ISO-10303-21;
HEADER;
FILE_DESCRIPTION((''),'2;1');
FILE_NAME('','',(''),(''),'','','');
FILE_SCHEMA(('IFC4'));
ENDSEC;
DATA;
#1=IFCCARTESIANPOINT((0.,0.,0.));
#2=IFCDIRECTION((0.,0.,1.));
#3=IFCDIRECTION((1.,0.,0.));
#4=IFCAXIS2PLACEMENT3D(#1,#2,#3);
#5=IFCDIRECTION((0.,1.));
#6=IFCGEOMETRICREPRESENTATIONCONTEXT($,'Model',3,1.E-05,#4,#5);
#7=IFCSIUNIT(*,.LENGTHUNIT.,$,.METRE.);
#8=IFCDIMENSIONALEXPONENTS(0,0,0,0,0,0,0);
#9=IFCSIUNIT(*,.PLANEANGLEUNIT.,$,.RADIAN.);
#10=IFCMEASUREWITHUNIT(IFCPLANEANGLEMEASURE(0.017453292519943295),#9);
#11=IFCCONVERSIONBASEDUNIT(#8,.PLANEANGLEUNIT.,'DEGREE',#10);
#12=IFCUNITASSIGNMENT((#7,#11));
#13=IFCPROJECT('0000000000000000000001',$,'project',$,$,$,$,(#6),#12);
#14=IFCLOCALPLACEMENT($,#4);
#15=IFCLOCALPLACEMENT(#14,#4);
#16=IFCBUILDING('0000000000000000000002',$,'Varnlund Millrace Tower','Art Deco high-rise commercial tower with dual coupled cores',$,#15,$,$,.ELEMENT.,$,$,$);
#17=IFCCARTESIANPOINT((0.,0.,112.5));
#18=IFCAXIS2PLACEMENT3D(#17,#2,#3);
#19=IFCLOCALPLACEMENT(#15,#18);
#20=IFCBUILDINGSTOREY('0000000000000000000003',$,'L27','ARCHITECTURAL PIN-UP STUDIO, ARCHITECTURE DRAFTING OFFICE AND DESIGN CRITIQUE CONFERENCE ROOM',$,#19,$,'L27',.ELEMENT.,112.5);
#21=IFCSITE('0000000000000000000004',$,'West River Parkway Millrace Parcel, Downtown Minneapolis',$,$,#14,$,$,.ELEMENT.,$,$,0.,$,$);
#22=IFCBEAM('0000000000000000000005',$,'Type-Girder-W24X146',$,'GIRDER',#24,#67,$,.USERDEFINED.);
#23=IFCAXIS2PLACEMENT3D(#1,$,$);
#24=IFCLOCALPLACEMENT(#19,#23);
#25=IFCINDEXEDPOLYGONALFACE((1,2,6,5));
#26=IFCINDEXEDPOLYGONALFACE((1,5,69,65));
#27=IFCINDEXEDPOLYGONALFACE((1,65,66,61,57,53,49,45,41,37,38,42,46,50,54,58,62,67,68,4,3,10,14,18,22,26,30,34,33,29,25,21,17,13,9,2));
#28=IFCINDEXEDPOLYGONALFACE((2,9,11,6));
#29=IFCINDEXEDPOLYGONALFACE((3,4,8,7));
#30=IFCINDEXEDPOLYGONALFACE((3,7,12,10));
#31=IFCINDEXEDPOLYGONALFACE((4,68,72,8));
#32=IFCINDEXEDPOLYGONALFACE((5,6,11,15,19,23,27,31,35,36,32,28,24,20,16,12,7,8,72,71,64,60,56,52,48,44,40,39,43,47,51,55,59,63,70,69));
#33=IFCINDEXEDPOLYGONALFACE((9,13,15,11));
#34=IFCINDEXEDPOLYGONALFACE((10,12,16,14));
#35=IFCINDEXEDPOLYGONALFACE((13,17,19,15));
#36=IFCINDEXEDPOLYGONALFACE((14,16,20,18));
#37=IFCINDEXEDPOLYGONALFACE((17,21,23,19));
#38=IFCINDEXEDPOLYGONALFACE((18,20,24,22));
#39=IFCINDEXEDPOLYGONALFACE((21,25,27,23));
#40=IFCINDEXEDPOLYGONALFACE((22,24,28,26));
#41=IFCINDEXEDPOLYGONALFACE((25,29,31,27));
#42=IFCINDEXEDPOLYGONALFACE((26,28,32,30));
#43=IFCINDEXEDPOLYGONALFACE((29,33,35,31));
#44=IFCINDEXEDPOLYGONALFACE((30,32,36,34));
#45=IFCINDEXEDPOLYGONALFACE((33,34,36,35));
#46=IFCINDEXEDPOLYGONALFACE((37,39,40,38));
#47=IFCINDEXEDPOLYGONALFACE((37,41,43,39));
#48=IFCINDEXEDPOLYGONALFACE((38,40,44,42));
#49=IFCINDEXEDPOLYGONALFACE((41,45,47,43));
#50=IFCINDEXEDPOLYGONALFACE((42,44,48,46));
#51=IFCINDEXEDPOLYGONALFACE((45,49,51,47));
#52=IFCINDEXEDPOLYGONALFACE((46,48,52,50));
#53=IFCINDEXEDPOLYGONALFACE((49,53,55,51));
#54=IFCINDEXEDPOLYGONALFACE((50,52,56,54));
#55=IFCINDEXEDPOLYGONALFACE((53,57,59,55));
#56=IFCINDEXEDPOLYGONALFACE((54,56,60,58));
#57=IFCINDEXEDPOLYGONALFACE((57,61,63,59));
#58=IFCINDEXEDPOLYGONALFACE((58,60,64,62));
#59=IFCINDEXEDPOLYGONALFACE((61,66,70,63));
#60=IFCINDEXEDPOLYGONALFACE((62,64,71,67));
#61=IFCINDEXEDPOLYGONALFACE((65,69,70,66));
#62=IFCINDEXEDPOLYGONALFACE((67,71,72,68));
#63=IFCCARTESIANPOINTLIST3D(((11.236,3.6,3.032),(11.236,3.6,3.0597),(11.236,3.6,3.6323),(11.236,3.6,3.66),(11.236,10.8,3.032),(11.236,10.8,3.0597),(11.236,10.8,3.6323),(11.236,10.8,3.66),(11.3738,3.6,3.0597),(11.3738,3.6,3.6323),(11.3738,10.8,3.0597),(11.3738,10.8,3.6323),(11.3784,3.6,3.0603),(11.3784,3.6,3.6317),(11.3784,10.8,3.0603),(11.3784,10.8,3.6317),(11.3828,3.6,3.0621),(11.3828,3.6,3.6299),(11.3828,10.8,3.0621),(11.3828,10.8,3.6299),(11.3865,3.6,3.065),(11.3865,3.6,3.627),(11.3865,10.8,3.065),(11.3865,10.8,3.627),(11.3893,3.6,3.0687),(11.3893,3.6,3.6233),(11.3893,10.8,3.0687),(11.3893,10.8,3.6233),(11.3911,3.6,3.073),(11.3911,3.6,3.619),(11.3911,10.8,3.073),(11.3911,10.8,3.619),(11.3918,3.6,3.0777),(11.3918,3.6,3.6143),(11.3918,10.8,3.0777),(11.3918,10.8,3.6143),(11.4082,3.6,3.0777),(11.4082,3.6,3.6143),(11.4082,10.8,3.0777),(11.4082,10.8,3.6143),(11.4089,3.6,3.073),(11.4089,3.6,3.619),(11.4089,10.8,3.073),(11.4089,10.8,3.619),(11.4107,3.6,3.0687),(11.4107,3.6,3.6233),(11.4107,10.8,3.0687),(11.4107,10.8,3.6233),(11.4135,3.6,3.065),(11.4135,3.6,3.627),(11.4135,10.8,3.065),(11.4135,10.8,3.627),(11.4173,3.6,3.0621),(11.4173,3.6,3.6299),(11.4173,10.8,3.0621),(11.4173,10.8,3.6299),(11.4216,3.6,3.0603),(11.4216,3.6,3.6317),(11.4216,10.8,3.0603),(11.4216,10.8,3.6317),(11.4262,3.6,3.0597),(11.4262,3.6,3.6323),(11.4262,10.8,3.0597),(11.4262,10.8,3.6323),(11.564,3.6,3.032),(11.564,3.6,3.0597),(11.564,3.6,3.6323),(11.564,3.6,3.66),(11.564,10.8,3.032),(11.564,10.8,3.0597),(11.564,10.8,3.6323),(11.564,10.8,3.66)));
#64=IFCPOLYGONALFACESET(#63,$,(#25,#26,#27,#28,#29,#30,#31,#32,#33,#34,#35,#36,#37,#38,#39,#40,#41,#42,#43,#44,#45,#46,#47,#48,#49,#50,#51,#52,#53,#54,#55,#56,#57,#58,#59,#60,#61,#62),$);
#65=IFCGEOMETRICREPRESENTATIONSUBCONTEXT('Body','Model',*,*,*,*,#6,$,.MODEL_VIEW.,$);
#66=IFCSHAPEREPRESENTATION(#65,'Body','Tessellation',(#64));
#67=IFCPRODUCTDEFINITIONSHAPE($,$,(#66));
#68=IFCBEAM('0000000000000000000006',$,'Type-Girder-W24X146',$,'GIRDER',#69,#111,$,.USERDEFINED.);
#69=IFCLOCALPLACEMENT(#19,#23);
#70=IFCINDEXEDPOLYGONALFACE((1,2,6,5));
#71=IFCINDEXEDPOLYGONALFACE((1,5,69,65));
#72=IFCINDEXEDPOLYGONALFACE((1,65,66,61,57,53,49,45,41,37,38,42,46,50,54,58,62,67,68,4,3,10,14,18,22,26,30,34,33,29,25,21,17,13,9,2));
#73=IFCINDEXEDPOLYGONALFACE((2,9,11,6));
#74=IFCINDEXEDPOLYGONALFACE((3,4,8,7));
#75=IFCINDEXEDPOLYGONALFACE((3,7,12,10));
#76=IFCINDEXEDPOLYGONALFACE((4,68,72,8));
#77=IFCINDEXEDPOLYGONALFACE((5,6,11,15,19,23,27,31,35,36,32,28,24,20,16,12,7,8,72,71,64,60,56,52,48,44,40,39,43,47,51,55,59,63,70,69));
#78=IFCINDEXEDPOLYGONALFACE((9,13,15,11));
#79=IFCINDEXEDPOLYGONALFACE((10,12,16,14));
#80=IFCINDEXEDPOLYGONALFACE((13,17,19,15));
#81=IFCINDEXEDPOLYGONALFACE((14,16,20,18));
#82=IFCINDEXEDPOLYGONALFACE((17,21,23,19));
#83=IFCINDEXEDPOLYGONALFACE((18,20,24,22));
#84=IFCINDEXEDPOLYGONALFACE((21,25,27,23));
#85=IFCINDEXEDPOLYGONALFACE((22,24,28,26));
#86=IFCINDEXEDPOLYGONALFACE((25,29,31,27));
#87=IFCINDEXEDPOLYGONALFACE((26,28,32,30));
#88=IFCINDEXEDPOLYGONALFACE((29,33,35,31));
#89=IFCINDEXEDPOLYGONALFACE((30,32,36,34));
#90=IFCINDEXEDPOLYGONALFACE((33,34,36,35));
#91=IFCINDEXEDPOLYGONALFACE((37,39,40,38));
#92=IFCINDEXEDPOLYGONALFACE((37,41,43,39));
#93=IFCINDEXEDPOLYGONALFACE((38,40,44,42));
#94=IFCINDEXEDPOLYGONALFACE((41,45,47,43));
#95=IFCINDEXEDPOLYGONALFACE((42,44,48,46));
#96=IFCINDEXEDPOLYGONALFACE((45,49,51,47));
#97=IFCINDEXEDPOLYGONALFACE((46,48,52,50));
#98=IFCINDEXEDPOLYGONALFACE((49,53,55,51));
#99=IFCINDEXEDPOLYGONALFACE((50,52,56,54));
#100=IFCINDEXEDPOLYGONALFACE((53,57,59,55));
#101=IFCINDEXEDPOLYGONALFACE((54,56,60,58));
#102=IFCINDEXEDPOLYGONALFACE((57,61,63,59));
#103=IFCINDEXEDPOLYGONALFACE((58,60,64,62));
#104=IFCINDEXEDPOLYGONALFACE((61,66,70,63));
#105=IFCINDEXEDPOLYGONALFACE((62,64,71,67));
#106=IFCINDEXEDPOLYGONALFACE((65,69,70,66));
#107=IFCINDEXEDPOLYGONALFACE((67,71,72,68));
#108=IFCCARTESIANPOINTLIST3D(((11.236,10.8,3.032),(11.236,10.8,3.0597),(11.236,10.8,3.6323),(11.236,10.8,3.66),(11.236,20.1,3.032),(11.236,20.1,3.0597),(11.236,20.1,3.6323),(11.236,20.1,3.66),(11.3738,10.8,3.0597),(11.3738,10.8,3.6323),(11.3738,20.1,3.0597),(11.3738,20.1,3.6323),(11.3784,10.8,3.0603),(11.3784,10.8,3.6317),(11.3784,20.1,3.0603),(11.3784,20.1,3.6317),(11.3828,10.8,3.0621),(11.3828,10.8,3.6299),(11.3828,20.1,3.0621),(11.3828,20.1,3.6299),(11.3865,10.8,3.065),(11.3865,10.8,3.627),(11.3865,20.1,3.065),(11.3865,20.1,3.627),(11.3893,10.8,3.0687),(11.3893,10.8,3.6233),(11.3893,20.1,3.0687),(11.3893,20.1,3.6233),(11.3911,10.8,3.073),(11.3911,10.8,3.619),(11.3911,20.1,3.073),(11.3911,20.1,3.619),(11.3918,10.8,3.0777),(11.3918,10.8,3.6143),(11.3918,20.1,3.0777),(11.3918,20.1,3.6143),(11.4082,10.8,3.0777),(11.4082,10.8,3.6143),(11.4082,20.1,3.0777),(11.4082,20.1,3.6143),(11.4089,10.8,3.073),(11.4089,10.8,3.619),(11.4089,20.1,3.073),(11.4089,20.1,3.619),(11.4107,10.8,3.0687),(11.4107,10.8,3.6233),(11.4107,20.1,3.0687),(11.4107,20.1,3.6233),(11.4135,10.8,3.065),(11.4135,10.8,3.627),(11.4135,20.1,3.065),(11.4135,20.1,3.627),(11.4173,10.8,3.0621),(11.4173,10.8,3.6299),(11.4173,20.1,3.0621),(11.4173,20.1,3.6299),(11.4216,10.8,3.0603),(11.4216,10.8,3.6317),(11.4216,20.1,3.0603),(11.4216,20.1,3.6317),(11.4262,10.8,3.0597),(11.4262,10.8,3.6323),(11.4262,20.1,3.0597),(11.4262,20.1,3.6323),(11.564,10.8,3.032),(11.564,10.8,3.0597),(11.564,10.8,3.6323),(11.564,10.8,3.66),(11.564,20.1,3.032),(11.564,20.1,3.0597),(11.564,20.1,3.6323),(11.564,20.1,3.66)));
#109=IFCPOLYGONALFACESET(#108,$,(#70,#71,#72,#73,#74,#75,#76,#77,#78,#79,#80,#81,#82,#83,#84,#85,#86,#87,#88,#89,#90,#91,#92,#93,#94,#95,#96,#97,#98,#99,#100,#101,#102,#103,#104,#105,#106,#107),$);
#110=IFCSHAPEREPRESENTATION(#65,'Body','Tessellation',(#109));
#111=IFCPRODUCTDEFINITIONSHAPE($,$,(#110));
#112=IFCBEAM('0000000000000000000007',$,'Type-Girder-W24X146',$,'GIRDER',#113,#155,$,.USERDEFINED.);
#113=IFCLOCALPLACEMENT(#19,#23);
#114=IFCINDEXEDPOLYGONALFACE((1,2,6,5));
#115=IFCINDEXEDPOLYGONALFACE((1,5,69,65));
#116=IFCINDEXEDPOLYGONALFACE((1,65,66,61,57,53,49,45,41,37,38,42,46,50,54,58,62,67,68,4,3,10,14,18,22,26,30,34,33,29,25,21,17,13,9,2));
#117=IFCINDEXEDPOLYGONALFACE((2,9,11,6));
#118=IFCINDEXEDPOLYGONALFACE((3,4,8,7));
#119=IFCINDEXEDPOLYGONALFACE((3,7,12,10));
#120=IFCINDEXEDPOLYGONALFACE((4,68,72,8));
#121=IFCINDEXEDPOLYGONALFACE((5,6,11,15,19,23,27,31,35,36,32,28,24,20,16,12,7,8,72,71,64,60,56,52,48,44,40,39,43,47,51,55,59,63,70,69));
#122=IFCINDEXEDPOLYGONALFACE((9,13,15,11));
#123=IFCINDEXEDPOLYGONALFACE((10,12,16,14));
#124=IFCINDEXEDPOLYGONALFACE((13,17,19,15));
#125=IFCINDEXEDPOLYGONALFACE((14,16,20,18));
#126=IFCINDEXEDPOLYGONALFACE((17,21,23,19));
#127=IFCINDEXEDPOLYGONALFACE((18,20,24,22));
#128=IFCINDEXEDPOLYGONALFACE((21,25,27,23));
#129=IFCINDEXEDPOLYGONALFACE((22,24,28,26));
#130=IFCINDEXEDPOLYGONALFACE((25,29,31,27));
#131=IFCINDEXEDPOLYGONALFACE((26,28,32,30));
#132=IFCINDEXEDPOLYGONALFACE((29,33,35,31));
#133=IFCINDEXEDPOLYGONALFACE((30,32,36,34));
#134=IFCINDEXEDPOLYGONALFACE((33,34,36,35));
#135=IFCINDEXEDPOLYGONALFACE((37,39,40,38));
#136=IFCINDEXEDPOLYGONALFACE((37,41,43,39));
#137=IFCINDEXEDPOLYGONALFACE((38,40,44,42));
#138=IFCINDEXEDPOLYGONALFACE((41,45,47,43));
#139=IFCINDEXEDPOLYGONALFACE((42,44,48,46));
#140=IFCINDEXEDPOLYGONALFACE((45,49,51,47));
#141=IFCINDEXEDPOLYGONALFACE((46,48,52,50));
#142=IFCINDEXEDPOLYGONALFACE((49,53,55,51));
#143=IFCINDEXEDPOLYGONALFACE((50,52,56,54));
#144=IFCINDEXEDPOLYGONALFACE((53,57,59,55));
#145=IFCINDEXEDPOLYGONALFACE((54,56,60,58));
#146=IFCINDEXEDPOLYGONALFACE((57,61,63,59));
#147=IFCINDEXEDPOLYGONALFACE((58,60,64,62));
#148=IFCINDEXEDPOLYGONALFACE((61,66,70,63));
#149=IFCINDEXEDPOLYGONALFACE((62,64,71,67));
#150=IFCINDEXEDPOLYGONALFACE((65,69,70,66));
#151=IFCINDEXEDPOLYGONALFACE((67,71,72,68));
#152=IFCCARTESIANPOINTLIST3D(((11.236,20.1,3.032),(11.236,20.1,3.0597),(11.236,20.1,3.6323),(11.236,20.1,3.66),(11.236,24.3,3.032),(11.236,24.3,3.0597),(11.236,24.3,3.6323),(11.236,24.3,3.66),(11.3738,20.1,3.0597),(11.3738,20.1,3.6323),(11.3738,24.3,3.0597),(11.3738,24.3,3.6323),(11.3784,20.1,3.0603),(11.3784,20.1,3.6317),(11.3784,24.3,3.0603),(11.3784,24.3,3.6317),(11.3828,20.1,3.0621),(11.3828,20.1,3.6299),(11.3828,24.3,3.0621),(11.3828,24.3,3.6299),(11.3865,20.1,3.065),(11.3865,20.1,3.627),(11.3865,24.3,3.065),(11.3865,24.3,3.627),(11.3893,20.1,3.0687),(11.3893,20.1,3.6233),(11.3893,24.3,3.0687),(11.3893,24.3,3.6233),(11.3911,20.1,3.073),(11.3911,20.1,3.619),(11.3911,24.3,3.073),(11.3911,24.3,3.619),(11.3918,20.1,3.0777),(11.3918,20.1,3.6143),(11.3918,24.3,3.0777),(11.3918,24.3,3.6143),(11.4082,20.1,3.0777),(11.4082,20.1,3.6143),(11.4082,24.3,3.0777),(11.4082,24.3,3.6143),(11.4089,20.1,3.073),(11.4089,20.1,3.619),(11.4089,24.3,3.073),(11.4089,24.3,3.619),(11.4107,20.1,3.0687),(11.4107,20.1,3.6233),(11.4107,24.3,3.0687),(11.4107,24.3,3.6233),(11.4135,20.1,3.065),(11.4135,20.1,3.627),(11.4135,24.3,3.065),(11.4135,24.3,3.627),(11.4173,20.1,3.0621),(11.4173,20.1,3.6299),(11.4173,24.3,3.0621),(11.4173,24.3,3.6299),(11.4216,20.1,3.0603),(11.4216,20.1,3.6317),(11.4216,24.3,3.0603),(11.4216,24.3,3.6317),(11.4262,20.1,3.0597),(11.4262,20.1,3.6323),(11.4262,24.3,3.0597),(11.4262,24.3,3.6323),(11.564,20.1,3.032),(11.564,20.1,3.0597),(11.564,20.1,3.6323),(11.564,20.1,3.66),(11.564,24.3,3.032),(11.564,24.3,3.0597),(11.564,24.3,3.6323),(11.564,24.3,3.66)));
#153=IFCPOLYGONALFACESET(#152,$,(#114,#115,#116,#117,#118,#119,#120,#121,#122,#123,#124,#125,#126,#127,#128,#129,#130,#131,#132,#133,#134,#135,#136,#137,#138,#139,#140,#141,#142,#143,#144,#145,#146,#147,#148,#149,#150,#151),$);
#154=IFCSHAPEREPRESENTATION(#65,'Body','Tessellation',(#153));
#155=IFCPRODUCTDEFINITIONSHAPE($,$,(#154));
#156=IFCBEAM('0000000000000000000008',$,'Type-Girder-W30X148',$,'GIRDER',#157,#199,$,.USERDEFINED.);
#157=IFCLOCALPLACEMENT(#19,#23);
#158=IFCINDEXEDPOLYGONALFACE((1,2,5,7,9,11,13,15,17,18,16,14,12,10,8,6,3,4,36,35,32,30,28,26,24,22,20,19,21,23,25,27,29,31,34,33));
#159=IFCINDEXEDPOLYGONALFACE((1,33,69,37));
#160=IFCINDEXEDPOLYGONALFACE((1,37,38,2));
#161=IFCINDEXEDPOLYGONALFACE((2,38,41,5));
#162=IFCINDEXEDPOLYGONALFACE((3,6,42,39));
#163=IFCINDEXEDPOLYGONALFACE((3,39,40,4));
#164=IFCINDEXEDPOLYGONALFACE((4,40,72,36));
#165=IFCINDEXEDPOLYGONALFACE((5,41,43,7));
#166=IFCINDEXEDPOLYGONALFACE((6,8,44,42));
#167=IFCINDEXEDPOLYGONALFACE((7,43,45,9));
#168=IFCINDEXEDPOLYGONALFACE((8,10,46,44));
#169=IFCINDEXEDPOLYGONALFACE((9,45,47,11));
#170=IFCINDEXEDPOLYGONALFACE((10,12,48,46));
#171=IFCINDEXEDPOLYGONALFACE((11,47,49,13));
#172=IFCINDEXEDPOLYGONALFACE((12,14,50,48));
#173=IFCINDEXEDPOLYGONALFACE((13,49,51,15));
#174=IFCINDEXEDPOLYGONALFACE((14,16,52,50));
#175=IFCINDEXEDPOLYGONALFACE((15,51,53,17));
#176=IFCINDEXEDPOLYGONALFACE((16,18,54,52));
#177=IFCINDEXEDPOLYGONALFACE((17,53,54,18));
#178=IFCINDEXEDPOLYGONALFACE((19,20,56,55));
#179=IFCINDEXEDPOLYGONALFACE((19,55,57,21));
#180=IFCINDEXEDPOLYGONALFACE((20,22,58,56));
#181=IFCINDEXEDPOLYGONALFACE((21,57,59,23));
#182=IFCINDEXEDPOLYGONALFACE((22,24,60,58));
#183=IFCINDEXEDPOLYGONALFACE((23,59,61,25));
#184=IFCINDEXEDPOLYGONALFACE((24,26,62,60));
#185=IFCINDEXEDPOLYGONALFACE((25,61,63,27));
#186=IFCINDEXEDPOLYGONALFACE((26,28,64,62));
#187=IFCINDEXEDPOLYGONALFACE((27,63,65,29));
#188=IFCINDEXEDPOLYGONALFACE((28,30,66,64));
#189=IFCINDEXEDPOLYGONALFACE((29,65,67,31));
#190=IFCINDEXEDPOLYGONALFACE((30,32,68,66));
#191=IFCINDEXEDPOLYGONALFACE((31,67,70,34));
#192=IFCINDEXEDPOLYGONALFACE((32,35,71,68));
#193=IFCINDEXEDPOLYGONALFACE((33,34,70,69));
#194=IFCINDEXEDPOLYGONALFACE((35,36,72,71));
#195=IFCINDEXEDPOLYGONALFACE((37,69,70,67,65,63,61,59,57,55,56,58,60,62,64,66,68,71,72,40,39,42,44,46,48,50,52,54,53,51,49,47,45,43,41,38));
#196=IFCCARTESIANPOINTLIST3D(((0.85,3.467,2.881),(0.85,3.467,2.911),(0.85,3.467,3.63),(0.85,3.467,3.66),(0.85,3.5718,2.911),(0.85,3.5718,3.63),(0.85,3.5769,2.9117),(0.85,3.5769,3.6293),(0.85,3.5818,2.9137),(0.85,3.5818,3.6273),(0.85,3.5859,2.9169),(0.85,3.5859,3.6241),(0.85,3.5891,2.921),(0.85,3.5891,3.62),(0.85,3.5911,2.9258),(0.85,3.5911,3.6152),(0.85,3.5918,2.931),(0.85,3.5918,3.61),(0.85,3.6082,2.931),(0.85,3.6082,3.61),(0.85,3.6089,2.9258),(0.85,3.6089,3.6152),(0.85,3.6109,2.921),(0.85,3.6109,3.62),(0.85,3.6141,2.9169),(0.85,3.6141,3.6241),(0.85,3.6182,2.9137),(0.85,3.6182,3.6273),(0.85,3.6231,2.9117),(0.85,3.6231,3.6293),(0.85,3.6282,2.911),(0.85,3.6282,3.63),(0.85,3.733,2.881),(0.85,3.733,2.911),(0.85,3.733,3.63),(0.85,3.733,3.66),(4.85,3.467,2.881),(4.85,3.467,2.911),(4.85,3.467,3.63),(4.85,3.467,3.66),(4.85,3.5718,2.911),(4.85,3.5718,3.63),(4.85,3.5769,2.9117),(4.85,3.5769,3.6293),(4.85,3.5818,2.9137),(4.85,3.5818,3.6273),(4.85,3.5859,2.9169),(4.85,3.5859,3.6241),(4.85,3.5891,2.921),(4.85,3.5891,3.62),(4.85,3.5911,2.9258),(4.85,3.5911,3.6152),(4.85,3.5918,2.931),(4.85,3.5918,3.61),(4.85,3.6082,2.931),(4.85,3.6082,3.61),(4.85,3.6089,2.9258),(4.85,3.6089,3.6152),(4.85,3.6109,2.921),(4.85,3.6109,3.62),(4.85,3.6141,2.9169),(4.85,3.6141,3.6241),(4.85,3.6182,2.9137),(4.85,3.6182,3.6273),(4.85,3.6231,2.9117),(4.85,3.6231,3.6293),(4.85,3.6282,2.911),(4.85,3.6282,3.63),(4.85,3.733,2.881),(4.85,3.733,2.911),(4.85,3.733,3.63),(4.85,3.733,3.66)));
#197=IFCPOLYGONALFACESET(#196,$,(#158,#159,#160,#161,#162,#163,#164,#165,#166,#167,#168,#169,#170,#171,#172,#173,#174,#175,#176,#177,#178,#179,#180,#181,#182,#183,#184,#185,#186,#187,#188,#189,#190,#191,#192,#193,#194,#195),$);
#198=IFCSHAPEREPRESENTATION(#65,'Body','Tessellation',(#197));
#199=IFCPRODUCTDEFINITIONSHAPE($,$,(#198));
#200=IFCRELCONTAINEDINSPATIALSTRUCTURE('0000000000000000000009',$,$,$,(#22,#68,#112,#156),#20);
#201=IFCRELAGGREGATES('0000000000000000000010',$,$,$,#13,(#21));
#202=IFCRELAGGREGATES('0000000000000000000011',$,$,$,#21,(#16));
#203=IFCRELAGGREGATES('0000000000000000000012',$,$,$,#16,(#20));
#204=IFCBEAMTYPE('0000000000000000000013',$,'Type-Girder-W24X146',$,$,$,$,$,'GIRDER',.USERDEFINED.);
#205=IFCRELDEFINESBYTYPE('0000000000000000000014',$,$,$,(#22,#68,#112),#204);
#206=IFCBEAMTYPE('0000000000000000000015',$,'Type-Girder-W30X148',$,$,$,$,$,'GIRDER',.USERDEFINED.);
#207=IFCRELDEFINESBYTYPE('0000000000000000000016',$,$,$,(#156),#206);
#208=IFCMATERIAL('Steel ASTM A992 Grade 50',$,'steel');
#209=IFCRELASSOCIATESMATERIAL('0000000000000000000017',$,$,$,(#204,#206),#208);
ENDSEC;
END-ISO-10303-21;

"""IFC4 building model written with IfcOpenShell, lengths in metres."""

from ifc_helpers import new_model, entity, si_unit, converted_unit, direction, frame, origin_with_axes, origin_2d_with_axis, place, context, subcontext, project, spatial, i_section, extrude, material, material_profile, profile_set, type_object, element, save


model = new_model("IFC4")

# Units and contexts
model_context = context("Model", 3, precision=1e-05, world=origin_with_axes(), true_north=direction((0.0, 1.0)))
body_context = subcontext(model_context, "Body", "Model", "MODEL_VIEW")
ifc_project = project(units=[si_unit("LENGTHUNIT", "METRE"), converted_unit("PLANEANGLEUNIT", "DEGREE", entity("IfcPlaneAngleMeasure", 0.017453292519943295), si_unit("PLANEANGLEUNIT", "RADIAN"), dimensions=[0, 0, 0, 0, 0, 0, 0])], contexts=[model_context])

# Site, building, storey
site_placement = place(None, origin_with_axes())
site = spatial("IfcSite", under=ifc_project, at=site_placement, Name="West River Parkway Millrace Parcel, Downtown Minneapolis", CompositionType="ELEMENT", RefElevation=0.0)
building_placement = place(site_placement, origin_with_axes())
building = spatial("IfcBuilding", under=site, at=building_placement, Name="Varnlund Millrace Tower", Description="Art Deco high-rise commercial tower with dual coupled cores", CompositionType="ELEMENT")
storey_placement = place(building_placement, frame((0.0, 0.0, 112.5), z_axis=(0.0, 0.0, 1.0), x_axis=(1.0, 0.0, 0.0)))
storey = spatial("IfcBuildingStorey", under=building, at=storey_placement, Name="L27", Description="ARCHITECTURAL PIN-UP STUDIO, ARCHITECTURE DRAFTING OFFICE AND DESIGN CRITIQUE CONFERENCE ROOM", LongName="L27", CompositionType="ELEMENT", Elevation=112.5)

# Beams
ifc_material_1 = material(Name="Steel ASTM A992 Grade 50", Category="steel")
ifc_material_profile_1 = material_profile(ifc_material_1, i_section(OverallWidth=0.328, OverallDepth=0.628, WebThickness=0.0165, FlangeThickness=0.0277, FilletRadius=0.018, at=origin_2d_with_axis()), Name="Steel ASTM A992 Grade 50")
ifc_profile_set_1 = profile_set([ifc_material_profile_1], Name="Steel ASTM A992 Grade 50")
beam_type_1 = type_object("IfcBeamType", Name="Type-Girder-W24X146", ElementType="GIRDER", PredefinedType="USERDEFINED", material=ifc_profile_set_1)
beam_1_placement = place(storey_placement, frame((11.4, 3.6, 3.346), z_axis=(0.0, 1.0, 0.0), x_axis=(-1.0, 0.0, 0.0)))
element("IfcBeam", 1, at=beam_1_placement, inside=storey, type_object=beam_type_1, Name="Type-Girder-W24X146", ObjectType="GIRDER", PredefinedType="USERDEFINED", context=body_context, shape_type="SweptSolid", body=[
    extrude(i_section(OverallWidth=0.328, OverallDepth=0.628, WebThickness=0.0165, FlangeThickness=0.0277, FilletRadius=0.018, at=origin_2d_with_axis()), origin_with_axes(), (0.0, 0.0, 1.0), 7.2),
])
beam_2_placement = place(storey_placement, frame((11.4, 10.8, 3.346), z_axis=(0.0, 1.0, 0.0), x_axis=(-1.0, 0.0, 0.0)))
element("IfcBeam", 2, at=beam_2_placement, inside=storey, type_object=beam_type_1, Name="Type-Girder-W24X146", ObjectType="GIRDER", PredefinedType="USERDEFINED", context=body_context, shape_type="SweptSolid", body=[
    extrude(i_section(OverallWidth=0.328, OverallDepth=0.628, WebThickness=0.0165, FlangeThickness=0.0277, FilletRadius=0.018, at=origin_2d_with_axis()), origin_with_axes(), (0.0, 0.0, 1.0), 9.3),
])
beam_3_placement = place(storey_placement, frame((11.4, 20.1, 3.346), z_axis=(0.0, 1.0, 0.0), x_axis=(-1.0, 0.0, 0.0)))
element("IfcBeam", 3, at=beam_3_placement, inside=storey, type_object=beam_type_1, Name="Type-Girder-W24X146", ObjectType="GIRDER", PredefinedType="USERDEFINED", context=body_context, shape_type="SweptSolid", body=[
    extrude(i_section(OverallWidth=0.328, OverallDepth=0.628, WebThickness=0.0165, FlangeThickness=0.0277, FilletRadius=0.018, at=origin_2d_with_axis()), origin_with_axes(), (0.0, 0.0, 1.0), 4.2),
])
ifc_material_profile_2 = material_profile(ifc_material_1, i_section(OverallWidth=0.266, OverallDepth=0.779, WebThickness=0.0165, FlangeThickness=0.03, FilletRadius=0.02, at=origin_2d_with_axis()), Name="Steel ASTM A992 Grade 50")
ifc_profile_set_2 = profile_set([ifc_material_profile_2], Name="Steel ASTM A992 Grade 50")
beam_type_2 = type_object("IfcBeamType", Name="Type-Girder-W30X148", ElementType="GIRDER", PredefinedType="USERDEFINED", material=ifc_profile_set_2)
beam_4_placement = place(storey_placement, frame((0.85, 3.6, 3.2705), z_axis=(1.0, 0.0, 0.0), x_axis=(0.0, 1.0, 0.0)))
element("IfcBeam", 4, at=beam_4_placement, inside=storey, type_object=beam_type_2, Name="Type-Girder-W30X148", ObjectType="GIRDER", PredefinedType="USERDEFINED", context=body_context, shape_type="SweptSolid", body=[
    extrude(i_section(OverallWidth=0.266, OverallDepth=0.779, WebThickness=0.0165, FlangeThickness=0.03, FilletRadius=0.02, at=origin_2d_with_axis()), origin_with_axes(), (0.0, 0.0, 1.0), 4.0),
])

save(model, "model.ifc")
